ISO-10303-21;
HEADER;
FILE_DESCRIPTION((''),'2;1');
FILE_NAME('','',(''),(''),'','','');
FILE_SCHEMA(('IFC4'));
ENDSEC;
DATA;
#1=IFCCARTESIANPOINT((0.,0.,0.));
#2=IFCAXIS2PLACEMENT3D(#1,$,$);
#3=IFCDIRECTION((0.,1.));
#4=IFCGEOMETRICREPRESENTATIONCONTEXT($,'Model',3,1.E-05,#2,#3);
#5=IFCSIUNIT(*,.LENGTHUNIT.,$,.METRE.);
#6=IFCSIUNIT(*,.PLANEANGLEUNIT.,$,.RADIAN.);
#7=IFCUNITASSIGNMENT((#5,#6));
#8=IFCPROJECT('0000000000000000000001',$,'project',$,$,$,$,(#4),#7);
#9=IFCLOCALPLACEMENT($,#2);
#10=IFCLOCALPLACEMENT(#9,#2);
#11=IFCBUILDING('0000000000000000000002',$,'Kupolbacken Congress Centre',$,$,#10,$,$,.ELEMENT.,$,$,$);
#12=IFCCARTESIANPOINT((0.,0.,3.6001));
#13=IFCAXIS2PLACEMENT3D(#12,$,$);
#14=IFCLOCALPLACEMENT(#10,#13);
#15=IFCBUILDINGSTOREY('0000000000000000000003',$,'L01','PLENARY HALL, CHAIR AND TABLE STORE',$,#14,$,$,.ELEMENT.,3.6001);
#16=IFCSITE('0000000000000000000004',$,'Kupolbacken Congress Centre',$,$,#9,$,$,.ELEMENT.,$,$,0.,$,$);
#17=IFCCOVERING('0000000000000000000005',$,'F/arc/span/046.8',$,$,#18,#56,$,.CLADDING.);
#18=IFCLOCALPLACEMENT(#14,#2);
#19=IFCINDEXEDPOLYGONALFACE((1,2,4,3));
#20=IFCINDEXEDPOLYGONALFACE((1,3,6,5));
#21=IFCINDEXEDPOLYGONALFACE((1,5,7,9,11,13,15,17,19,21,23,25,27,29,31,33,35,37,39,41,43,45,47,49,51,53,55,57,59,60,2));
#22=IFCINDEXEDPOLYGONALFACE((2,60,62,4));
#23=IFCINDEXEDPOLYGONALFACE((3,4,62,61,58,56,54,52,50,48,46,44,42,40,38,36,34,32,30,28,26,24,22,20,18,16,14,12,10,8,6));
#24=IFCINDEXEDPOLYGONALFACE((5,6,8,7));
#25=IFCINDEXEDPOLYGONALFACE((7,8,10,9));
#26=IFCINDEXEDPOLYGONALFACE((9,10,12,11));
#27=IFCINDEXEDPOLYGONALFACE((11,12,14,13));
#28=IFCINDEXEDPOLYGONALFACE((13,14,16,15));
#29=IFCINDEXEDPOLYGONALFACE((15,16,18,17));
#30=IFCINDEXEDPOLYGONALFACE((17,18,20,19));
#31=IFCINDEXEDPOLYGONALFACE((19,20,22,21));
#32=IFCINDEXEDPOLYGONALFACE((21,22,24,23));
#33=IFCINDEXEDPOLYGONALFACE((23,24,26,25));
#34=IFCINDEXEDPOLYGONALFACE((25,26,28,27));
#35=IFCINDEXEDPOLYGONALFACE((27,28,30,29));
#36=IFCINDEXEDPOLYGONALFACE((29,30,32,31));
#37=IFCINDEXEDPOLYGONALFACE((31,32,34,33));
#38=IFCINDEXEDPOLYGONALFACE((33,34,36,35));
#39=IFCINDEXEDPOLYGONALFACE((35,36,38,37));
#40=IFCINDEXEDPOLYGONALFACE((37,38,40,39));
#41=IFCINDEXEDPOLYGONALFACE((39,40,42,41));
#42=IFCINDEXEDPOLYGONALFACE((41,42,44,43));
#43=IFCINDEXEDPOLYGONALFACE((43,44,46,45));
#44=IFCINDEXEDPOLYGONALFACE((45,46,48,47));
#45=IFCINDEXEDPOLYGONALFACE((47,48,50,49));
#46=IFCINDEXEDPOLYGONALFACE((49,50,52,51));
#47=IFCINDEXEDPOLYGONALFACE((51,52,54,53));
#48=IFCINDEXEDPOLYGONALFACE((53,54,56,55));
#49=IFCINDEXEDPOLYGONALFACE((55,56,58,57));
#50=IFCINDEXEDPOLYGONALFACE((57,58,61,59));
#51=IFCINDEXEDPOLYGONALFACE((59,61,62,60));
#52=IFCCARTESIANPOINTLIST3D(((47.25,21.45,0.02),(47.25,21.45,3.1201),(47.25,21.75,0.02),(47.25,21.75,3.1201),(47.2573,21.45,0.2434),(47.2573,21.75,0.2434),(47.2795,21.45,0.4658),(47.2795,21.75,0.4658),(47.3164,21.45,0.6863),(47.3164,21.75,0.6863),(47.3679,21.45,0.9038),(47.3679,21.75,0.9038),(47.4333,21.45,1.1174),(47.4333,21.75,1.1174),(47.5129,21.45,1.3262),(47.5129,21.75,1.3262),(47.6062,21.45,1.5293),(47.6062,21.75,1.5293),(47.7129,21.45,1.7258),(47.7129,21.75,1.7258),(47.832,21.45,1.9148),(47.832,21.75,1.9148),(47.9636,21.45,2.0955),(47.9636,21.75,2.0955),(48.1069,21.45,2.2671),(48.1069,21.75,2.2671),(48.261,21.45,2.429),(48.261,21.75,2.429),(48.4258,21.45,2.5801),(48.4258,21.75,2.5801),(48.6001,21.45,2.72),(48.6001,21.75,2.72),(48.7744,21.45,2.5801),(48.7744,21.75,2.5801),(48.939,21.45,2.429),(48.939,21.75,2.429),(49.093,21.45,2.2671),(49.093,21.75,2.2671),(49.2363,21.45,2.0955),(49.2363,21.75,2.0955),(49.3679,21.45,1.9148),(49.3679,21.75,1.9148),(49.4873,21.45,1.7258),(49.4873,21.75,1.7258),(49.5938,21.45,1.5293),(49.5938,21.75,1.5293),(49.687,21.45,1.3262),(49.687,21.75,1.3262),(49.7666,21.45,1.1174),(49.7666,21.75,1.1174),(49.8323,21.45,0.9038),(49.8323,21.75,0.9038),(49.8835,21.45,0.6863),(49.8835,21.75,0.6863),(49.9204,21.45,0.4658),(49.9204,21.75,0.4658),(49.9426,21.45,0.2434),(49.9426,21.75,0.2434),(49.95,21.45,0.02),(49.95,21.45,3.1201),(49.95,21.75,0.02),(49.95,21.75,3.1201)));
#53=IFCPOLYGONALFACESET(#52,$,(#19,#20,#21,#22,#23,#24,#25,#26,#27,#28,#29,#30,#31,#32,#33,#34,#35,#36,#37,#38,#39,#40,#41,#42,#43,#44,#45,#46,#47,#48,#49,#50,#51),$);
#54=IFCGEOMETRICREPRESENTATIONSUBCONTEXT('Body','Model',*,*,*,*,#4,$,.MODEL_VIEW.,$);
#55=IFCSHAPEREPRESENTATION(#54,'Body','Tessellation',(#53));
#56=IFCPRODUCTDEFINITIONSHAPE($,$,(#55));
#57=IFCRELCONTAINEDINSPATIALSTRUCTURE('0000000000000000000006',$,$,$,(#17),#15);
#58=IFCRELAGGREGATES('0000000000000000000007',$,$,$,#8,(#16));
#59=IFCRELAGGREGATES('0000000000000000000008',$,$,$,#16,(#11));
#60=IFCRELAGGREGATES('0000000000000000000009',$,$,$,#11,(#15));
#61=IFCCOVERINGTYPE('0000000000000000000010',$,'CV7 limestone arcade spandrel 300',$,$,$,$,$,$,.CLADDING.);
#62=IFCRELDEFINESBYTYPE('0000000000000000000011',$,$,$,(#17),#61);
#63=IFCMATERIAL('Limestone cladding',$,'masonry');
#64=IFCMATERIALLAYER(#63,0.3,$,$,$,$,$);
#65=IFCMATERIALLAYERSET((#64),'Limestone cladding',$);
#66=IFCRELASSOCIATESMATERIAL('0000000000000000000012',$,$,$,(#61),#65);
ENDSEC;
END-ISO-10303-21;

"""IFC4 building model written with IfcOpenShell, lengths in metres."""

from ifc_helpers import new_model, si_unit, direction, frame, origin, place, context, subcontext, project, spatial, polyline, outline, extrude, material, layer, layer_set, type_object, element, save


model = new_model("IFC4")

# Units and contexts
model_context = context("Model", 3, precision=1e-05, world=origin(), true_north=direction((0.0, 1.0)))
body_context = subcontext(model_context, "Body", "Model", "MODEL_VIEW")
ifc_project = project(units=[si_unit("LENGTHUNIT", "METRE"), si_unit("PLANEANGLEUNIT", "RADIAN")], contexts=[model_context])

# Site, building, storey
site_placement = place(None, origin())
site = spatial("IfcSite", under=ifc_project, at=site_placement, Name="Kupolbacken Congress Centre", CompositionType="ELEMENT", RefElevation=0.0)
building_placement = place(site_placement, origin())
building = spatial("IfcBuilding", under=site, at=building_placement, Name="Kupolbacken Congress Centre", CompositionType="ELEMENT")
storey_placement = place(building_placement, frame((0.0, 0.0, 3.6001)))
storey = spatial("IfcBuildingStorey", under=building, at=storey_placement, Name="L01", Description="PLENARY HALL, CHAIR AND TABLE STORE", CompositionType="ELEMENT", Elevation=3.6001)

# Covering
ifc_material_1 = material(Name="Limestone cladding", Category="masonry")
ifc_layer_1 = layer(ifc_material_1, 0.3)
ifc_layer_set_1 = layer_set([ifc_layer_1], Name="Limestone cladding")
covering_type = type_object("IfcCoveringType", Name="CV7 limestone arcade spandrel 300", PredefinedType="CLADDING", material=ifc_layer_set_1)
covering_1_placement = place(storey_placement, frame((47.25, 21.45, 0.02), z_axis=(0.0, 1.0, 0.0), x_axis=(-1.0, 0.0, 0.0)))
element("IfcCovering", 1, at=covering_1_placement, inside=storey, type_object=covering_type, Name="F/arc/span/046.8", PredefinedType="CLADDING", context=body_context, shape_type="SweptSolid", body=[
    extrude(outline(polyline([(0.0, 0.0), (0.0, 3.1001), (-2.7, 3.1001), (-2.7, 0.0), (-2.6926, 0.2234), (-2.6704, 0.4458), (-2.6335, 0.6663), (-2.5823, 0.8838), (-2.5166, 1.0974), (-2.437, 1.3062), (-2.3438, 1.5093), (-2.2373, 1.7058), (-2.1179, 1.8948), (-1.9863, 2.0754), (-1.843, 2.2471), (-1.689, 2.4089), (-1.5244, 2.5601), (-1.3501, 2.7), (-1.1758, 2.5601), (-1.011, 2.4089), (-0.8569, 2.2471), (-0.7136, 2.0754), (-0.582, 1.8948), (-0.4629, 1.7058), (-0.3562, 1.5093), (-0.2629, 1.3062), (-0.1833, 1.0974), (-0.1179, 0.8838), (-0.0664, 0.6663), (-0.0295, 0.4458), (-0.0073, 0.2234), (0.0, 0.0)])), origin(), (0.0, 0.0, 1.0), 0.3),
])

save(model, "model.ifc")
